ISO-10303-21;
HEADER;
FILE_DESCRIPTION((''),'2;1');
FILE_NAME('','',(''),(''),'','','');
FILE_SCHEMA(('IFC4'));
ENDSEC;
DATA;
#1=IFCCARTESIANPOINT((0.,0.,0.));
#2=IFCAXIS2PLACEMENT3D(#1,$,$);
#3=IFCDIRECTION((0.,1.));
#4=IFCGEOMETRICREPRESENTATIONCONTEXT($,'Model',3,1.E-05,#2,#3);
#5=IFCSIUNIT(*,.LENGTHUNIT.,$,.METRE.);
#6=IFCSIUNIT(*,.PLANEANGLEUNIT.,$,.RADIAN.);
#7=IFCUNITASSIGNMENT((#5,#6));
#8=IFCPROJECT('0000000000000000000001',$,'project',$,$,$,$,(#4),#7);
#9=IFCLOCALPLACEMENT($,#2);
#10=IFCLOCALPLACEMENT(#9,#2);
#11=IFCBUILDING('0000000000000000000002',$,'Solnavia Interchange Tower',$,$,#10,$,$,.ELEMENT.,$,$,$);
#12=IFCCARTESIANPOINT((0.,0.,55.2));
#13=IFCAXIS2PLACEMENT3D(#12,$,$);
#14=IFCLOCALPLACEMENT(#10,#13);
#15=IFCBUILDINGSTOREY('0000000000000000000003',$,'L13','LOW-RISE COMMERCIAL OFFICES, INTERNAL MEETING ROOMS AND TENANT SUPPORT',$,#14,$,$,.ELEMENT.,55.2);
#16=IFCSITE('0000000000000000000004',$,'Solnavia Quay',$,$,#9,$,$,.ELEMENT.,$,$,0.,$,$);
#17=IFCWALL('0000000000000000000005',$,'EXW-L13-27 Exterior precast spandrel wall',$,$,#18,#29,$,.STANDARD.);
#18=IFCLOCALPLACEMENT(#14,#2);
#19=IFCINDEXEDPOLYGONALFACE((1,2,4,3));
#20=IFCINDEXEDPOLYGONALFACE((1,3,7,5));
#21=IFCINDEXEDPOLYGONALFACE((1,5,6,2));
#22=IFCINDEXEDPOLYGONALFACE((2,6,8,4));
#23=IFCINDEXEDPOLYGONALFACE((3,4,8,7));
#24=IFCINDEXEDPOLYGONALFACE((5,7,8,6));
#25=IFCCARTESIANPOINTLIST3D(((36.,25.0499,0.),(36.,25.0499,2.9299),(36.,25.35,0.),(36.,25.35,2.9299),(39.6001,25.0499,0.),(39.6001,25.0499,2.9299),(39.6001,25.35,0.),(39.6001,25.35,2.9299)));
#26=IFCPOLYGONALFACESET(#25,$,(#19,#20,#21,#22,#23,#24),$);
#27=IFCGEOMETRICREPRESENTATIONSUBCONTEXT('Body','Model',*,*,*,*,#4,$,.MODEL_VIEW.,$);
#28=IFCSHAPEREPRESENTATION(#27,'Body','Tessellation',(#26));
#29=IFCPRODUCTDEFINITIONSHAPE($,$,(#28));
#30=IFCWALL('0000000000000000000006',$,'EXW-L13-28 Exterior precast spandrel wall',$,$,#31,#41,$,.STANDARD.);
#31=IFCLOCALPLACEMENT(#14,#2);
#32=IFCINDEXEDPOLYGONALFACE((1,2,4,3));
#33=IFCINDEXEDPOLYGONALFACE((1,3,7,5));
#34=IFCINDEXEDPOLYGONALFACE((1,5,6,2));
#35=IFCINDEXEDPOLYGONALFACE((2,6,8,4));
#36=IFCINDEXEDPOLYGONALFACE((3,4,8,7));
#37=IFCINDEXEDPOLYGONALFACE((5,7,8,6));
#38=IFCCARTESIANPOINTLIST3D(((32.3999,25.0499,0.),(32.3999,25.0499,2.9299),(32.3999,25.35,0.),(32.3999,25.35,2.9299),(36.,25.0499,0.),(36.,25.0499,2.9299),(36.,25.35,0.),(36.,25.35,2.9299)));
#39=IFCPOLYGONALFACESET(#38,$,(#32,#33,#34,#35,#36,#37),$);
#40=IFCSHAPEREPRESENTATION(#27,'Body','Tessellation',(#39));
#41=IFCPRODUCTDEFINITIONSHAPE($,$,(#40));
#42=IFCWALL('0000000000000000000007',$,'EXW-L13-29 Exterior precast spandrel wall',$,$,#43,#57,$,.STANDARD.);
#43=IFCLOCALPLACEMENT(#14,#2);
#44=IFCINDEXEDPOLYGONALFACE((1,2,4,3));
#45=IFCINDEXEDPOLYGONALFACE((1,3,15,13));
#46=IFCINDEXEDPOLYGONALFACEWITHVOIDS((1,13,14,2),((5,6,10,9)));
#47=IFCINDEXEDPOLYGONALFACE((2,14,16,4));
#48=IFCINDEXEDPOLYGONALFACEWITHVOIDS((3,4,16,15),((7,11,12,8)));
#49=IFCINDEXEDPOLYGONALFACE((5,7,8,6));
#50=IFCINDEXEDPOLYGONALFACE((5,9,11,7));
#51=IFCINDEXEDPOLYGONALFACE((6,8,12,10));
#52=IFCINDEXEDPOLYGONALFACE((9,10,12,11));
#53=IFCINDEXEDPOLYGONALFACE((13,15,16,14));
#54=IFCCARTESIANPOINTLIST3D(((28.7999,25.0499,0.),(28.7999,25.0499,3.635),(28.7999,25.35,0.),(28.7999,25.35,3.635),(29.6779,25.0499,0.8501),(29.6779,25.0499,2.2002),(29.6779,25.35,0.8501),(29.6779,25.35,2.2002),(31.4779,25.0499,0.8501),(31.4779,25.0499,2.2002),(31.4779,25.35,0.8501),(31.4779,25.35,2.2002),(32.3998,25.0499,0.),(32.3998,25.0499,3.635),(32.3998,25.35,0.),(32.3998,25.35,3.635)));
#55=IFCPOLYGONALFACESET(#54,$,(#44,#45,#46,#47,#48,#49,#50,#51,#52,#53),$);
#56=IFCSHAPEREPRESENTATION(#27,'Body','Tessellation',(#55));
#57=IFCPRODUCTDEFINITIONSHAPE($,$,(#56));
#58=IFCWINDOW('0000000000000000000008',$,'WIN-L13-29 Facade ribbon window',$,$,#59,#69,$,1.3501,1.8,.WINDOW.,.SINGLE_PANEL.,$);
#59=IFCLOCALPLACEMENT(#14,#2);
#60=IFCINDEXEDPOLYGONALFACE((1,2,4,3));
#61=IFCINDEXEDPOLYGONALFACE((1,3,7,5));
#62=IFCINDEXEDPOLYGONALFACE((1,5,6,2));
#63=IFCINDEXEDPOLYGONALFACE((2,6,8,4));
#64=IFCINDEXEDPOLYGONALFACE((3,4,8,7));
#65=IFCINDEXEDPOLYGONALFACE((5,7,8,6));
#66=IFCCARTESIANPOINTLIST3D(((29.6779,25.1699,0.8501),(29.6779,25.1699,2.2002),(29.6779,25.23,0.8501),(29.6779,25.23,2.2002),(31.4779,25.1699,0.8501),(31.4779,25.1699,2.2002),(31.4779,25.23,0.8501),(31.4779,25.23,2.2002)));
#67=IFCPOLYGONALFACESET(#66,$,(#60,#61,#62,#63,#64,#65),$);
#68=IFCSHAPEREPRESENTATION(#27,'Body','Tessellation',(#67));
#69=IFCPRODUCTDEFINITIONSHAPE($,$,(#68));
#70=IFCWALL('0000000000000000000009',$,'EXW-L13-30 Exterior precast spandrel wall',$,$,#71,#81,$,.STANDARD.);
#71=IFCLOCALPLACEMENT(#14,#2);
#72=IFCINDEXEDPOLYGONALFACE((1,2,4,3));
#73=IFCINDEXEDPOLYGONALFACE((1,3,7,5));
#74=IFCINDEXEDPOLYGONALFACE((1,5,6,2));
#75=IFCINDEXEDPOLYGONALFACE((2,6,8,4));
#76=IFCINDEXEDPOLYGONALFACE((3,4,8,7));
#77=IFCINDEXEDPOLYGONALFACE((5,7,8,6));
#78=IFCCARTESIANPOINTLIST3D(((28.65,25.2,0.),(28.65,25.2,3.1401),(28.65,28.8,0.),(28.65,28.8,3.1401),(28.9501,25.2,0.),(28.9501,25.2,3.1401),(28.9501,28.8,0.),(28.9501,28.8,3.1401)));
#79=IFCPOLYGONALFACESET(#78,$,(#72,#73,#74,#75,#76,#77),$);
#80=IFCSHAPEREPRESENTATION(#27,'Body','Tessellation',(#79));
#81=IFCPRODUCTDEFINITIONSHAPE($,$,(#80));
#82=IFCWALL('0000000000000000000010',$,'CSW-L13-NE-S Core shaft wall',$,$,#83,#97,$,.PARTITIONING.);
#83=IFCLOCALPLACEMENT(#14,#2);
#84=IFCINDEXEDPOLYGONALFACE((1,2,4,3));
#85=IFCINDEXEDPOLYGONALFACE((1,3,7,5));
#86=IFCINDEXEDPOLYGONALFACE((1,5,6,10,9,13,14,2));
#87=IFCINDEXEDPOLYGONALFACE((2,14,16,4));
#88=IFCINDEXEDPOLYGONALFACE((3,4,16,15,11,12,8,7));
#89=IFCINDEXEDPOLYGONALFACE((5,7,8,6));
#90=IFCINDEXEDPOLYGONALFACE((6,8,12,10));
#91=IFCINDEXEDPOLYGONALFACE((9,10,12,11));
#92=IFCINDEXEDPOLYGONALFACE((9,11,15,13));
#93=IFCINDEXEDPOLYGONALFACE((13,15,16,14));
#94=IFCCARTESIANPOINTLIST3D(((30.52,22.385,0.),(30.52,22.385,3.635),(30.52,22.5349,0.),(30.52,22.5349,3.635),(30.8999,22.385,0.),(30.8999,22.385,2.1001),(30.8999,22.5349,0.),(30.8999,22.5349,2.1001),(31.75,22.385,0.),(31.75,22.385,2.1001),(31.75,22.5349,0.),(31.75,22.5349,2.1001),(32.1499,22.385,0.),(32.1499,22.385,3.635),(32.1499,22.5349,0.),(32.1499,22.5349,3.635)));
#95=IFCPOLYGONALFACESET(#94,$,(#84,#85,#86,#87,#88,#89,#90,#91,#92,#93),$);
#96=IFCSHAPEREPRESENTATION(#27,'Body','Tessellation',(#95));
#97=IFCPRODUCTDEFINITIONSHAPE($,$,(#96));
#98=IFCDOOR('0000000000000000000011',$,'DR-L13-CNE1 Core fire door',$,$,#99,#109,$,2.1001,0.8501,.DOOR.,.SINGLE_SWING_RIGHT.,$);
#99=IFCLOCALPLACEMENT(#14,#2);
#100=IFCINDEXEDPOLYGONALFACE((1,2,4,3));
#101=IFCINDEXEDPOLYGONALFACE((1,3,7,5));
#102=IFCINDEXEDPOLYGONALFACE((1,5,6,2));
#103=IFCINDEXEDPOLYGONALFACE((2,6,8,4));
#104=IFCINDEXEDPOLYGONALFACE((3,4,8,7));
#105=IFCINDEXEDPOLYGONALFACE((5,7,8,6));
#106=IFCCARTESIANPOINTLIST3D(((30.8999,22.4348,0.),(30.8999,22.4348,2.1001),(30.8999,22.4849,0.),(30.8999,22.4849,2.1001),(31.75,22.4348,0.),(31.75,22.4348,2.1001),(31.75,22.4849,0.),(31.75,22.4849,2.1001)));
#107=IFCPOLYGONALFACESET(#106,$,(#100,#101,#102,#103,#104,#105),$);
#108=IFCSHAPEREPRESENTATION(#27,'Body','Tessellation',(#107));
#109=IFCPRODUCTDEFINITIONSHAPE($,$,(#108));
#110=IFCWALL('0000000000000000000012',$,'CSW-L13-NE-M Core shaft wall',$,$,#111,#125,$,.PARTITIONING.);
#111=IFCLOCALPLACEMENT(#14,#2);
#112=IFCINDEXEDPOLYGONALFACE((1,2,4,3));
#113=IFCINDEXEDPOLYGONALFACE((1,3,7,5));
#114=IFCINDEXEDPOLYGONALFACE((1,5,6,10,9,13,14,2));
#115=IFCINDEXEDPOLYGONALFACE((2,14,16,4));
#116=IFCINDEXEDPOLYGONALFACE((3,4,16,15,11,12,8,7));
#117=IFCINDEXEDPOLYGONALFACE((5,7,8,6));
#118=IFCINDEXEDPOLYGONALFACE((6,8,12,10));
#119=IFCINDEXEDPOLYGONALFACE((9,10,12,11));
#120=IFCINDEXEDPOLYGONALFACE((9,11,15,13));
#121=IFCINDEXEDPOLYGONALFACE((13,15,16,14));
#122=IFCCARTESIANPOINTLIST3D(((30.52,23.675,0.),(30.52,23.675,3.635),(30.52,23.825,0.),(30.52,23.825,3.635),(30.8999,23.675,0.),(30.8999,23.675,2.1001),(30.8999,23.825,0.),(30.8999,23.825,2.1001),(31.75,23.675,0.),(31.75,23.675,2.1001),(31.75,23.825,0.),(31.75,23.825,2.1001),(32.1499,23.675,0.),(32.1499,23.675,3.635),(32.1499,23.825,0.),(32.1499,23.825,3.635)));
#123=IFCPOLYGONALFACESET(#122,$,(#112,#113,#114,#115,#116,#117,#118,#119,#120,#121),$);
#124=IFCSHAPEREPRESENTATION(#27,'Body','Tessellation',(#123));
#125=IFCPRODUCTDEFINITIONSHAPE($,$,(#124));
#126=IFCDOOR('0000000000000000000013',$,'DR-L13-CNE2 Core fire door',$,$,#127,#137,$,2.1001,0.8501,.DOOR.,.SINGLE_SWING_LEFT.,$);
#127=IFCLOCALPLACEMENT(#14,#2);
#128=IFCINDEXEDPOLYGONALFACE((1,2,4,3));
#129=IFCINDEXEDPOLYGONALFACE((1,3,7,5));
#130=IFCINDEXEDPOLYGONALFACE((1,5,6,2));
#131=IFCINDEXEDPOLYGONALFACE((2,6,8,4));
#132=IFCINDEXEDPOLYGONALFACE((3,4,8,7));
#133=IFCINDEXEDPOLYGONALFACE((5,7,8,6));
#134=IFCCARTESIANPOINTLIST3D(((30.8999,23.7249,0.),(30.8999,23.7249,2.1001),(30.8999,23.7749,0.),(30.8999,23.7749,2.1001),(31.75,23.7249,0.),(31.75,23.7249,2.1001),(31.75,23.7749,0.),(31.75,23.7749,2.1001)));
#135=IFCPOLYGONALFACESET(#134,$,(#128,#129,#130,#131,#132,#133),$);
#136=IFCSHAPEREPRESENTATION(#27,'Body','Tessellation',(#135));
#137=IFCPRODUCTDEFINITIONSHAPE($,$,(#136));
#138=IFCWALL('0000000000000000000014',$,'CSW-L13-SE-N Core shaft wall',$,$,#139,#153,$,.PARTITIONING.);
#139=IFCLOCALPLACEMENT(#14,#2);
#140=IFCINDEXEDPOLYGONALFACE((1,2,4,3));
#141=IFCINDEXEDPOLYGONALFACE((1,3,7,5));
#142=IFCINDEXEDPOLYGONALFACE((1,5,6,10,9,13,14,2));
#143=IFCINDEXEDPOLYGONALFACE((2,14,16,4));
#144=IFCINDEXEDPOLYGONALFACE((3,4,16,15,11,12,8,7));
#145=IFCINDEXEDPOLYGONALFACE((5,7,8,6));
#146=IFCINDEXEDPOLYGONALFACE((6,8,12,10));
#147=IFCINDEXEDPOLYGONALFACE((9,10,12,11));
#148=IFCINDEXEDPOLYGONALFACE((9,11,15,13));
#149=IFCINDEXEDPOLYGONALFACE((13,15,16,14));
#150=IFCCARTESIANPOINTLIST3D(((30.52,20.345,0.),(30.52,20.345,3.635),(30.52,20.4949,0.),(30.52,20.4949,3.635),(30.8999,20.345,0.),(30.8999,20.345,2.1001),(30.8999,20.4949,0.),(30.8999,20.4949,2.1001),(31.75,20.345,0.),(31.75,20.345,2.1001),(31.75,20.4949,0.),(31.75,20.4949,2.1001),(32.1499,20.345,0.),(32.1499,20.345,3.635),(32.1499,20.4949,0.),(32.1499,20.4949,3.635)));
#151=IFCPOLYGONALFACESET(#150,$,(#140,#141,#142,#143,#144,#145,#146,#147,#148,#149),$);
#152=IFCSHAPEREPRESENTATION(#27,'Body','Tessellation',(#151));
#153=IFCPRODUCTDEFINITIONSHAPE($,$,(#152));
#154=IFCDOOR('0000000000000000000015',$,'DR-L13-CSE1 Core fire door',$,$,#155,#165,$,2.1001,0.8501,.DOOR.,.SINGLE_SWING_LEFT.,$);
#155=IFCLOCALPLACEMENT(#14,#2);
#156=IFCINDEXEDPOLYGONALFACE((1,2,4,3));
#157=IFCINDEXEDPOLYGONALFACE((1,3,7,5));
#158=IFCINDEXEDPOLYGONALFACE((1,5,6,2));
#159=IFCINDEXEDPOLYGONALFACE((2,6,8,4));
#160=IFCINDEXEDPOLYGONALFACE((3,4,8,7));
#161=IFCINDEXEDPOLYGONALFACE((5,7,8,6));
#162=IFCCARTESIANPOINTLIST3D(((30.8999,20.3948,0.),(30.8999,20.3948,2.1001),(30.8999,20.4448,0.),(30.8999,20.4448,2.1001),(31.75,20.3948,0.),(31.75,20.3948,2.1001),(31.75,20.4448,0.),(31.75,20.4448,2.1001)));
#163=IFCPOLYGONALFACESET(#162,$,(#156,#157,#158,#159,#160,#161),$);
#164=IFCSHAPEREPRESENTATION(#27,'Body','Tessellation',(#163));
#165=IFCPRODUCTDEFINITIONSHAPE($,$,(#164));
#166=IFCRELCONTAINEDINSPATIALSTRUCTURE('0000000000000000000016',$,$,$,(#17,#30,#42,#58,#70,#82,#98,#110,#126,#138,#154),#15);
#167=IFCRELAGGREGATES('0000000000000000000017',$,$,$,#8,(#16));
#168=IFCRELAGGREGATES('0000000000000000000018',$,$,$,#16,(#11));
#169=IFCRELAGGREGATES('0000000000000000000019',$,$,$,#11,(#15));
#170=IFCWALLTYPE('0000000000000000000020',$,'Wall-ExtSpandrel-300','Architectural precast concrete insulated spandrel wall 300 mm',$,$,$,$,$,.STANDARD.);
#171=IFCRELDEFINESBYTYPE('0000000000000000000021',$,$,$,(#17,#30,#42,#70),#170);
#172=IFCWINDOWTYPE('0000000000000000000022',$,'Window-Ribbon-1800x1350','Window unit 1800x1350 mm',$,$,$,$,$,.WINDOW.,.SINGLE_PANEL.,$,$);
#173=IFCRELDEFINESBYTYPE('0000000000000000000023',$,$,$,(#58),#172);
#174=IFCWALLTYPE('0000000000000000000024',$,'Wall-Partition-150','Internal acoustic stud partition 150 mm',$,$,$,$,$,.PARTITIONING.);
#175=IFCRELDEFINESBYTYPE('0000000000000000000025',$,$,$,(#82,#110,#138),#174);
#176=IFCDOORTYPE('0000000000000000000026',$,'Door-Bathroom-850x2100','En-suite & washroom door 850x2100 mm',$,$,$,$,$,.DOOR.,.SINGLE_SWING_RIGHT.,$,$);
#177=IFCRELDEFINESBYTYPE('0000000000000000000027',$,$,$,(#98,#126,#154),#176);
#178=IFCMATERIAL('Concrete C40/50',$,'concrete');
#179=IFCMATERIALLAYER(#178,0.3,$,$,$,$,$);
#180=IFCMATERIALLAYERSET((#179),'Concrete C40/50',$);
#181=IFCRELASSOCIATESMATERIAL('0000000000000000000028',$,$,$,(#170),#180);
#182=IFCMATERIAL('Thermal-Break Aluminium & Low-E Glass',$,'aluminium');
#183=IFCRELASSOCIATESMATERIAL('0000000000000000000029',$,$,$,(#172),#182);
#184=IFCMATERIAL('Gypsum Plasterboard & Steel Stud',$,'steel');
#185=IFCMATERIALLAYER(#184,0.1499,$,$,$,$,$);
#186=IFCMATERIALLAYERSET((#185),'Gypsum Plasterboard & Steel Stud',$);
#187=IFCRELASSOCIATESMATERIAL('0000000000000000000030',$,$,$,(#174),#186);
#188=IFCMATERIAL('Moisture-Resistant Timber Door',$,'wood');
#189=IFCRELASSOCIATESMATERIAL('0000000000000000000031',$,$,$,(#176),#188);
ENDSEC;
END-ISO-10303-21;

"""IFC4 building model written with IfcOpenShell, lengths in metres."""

from ifc_helpers import new_model, si_unit, direction, frame, frame_2d, origin, place, context, subcontext, project, spatial, rectangle, extrude, material, layer, layer_set, type_object, element, fill, save


model = new_model("IFC4")

# Units and contexts
model_context = context("Model", 3, precision=1e-05, world=origin(), true_north=direction((0.0, 1.0)))
body_context = subcontext(model_context, "Body", "Model", "MODEL_VIEW")
ifc_project = project(units=[si_unit("LENGTHUNIT", "METRE"), si_unit("PLANEANGLEUNIT", "RADIAN")], contexts=[model_context])

# Site, building, storey
site_placement = place(None, origin())
site = spatial("IfcSite", under=ifc_project, at=site_placement, Name="Solnavia Quay", CompositionType="ELEMENT", RefElevation=0.0)
building_placement = place(site_placement, origin())
building = spatial("IfcBuilding", under=site, at=building_placement, Name="Solnavia Interchange Tower", CompositionType="ELEMENT")
storey_placement = place(building_placement, frame((0.0, 0.0, 55.2)))
storey = spatial("IfcBuildingStorey", under=building, at=storey_placement, Name="L13", Description="LOW-RISE COMMERCIAL OFFICES, INTERNAL MEETING ROOMS AND TENANT SUPPORT", CompositionType="ELEMENT", Elevation=55.2)

# Walls
ifc_material_1 = material(Name="Concrete C40/50", Category="concrete")
ifc_layer_1 = layer(ifc_material_1, 0.3)
ifc_layer_set_1 = layer_set([ifc_layer_1], Name="Concrete C40/50")
wall_type_1 = type_object("IfcWallType", Name="Wall-ExtSpandrel-300", Description="Architectural precast concrete insulated spandrel wall 300 mm", PredefinedType="STANDARD", material=ifc_layer_set_1)
for number, where, z_axis, x_axis, name in (
    (1, (36.0, 25.2, 0.0), (0.0, 0.0, 1.0), (1.0, 0.0, 0.0), "EXW-L13-27 Exterior precast spandrel wall"),
    (2, (32.3999, 25.2, 0.0), (0.0, 0.0, 1.0), (1.0, 0.0, 0.0), "EXW-L13-28 Exterior precast spandrel wall"),
):
    element("IfcWall", number, at=place(storey_placement, frame(where, z_axis=z_axis, x_axis=x_axis)), inside=storey, type_object=wall_type_1, Name=name, PredefinedType="STANDARD", context=body_context, shape_type="SweptSolid", body=[
        extrude(rectangle(XDim=3.6001, YDim=0.3, at=frame_2d((1.8, 0.0))), origin(), (0.0, 0.0, 1.0), 2.9299),
    ])

# Wall, opening, window
wall_1_placement = place(storey_placement, frame((28.8, 25.2, 0.0), z_axis=(0.0, 0.0, 1.0), x_axis=(1.0, 0.0, 0.0)))
wall_1 = element("IfcWall", 3, at=wall_1_placement, inside=storey, type_object=wall_type_1, Name="EXW-L13-29 Exterior precast spandrel wall", PredefinedType="STANDARD", context=body_context, shape_type="SweptSolid", body=[
    extrude(rectangle(XDim=3.5999, YDim=0.3, at=frame_2d((1.7998, 0.0))), origin(), (0.0, 0.0, 1.0), 3.635),
])
opening_1_placement = place(wall_1_placement, frame((0.8779, 0.0, 0.8501)))
opening_1 = element("IfcOpeningElement", 4, at=opening_1_placement, cuts=wall_1, PredefinedType="OPENING", context=body_context, shape_type="SweptSolid", body=[
    extrude(rectangle(XDim=1.8, YDim=1.3501, at=frame_2d((0.8999, 0.675))), frame((0.0, 0.1602, 0.0), z_axis=(0.0, -1.0, 0.0), x_axis=(1.0, 0.0, 0.0)), (0.0, 0.0, 1.0), 0.3201),
])
ifc_material_2 = material(Name="Thermal-Break Aluminium & Low-E Glass", Category="aluminium")
window_type = type_object("IfcWindowType", Name="Window-Ribbon-1800x1350", Description="Window unit 1800x1350 mm", PartitioningType="SINGLE_PANEL", PredefinedType="WINDOW", material=ifc_material_2)
window_placement = place(opening_1_placement, origin())
window = element("IfcWindow", 5, at=window_placement, inside=storey, type_object=window_type, Name="WIN-L13-29 Facade ribbon window", OverallHeight=1.3501, OverallWidth=1.8, PartitioningType="SINGLE_PANEL", PredefinedType="WINDOW", context=body_context, shape_type="SweptSolid", body=[
    extrude(rectangle(XDim=1.8, YDim=1.3501, at=frame_2d((0.8999, 0.675))), frame((0.0, 0.03, 0.0), z_axis=(0.0, -1.0, 0.0), x_axis=(1.0, 0.0, 0.0)), (0.0, 0.0, 1.0), 0.0601),
])
fill(opening_1, window)

# Wall
wall_2_placement = place(storey_placement, frame((28.8, 25.2, 0.0), z_axis=(0.0, 0.0, 1.0), x_axis=(0.0, 1.0, 0.0)))
element("IfcWall", 6, at=wall_2_placement, inside=storey, type_object=wall_type_1, Name="EXW-L13-30 Exterior precast spandrel wall", PredefinedType="STANDARD", context=body_context, shape_type="SweptSolid", body=[
    extrude(rectangle(XDim=3.6001, YDim=0.3, at=frame_2d((1.8, 0.0))), origin(), (0.0, 0.0, 1.0), 3.1401),
])

# Walls, openings, doors
ifc_material_3 = material(Name="Gypsum Plasterboard & Steel Stud", Category="steel")
ifc_layer_2 = layer(ifc_material_3, 0.1499)
ifc_layer_set_2 = layer_set([ifc_layer_2], Name="Gypsum Plasterboard & Steel Stud")
wall_type_2 = type_object("IfcWallType", Name="Wall-Partition-150", Description="Internal acoustic stud partition 150 mm", PredefinedType="PARTITIONING", material=ifc_layer_set_2)
wall_3_placement = place(storey_placement, frame((30.52, 22.46, 0.0), z_axis=(0.0, 0.0, 1.0), x_axis=(1.0, 0.0, 0.0)))
wall_3 = element("IfcWall", 7, at=wall_3_placement, inside=storey, type_object=wall_type_2, Name="CSW-L13-NE-S Core shaft wall", PredefinedType="PARTITIONING", context=body_context, shape_type="SweptSolid", body=[
    extrude(rectangle(XDim=1.6299, YDim=0.1499, at=frame_2d((0.8149, 0.0))), origin(), (0.0, 0.0, 1.0), 3.635),
])
opening_2_placement = place(wall_3_placement, frame((0.3799, 0.0, 0.0)))
opening_2 = element("IfcOpeningElement", 8, at=opening_2_placement, cuts=wall_3, PredefinedType="OPENING", context=body_context, shape_type="SweptSolid", body=[
    extrude(rectangle(XDim=0.8501, YDim=2.1001, at=frame_2d((0.425, 1.05))), frame((0.0, 0.085, 0.0), z_axis=(0.0, -1.0, 0.0), x_axis=(1.0, 0.0, 0.0)), (0.0, 0.0, 1.0), 0.1699),
])
ifc_material_4 = material(Name="Moisture-Resistant Timber Door", Category="wood")
door_type_1 = type_object("IfcDoorType", Name="Door-Bathroom-850x2100", Description="En-suite & washroom door 850x2100 mm", OperationType="SINGLE_SWING_RIGHT", PredefinedType="DOOR", material=ifc_material_4)
door_1_placement = place(opening_2_placement, origin())
door_1 = element("IfcDoor", 9, at=door_1_placement, inside=storey, type_object=door_type_1, Name="DR-L13-CNE1 Core fire door", OperationType="SINGLE_SWING_RIGHT", OverallHeight=2.1001, OverallWidth=0.8501, PredefinedType="DOOR", context=body_context, shape_type="SweptSolid", body=[
    extrude(rectangle(XDim=0.8501, YDim=2.1001, at=frame_2d((0.425, 1.05))), frame((0.0, 0.0249, 0.0), z_axis=(0.0, -1.0, 0.0), x_axis=(1.0, 0.0, 0.0)), (0.0, 0.0, 1.0), 0.05),
])
fill(opening_2, door_1)
wall_4_placement = place(storey_placement, frame((30.52, 23.75, 0.0), z_axis=(0.0, 0.0, 1.0), x_axis=(1.0, 0.0, 0.0)))
wall_4 = element("IfcWall", 10, at=wall_4_placement, inside=storey, type_object=wall_type_2, Name="CSW-L13-NE-M Core shaft wall", PredefinedType="PARTITIONING", context=body_context, shape_type="SweptSolid", body=[
    extrude(rectangle(XDim=1.6299, YDim=0.1499, at=frame_2d((0.8149, 0.0))), origin(), (0.0, 0.0, 1.0), 3.635),
])
opening_3_placement = place(wall_4_placement, frame((0.3799, 0.0, 0.0)))
opening_3 = element("IfcOpeningElement", 11, at=opening_3_placement, cuts=wall_4, PredefinedType="OPENING", context=body_context, shape_type="SweptSolid", body=[
    extrude(rectangle(XDim=0.8501, YDim=2.1001, at=frame_2d((0.425, 1.05))), frame((0.0, 0.085, 0.0), z_axis=(0.0, -1.0, 0.0), x_axis=(1.0, 0.0, 0.0)), (0.0, 0.0, 1.0), 0.1699),
])
door_2_placement = place(opening_3_placement, origin())
door_2 = element("IfcDoor", 12, at=door_2_placement, inside=storey, type_object=door_type_1, Name="DR-L13-CNE2 Core fire door", OperationType="SINGLE_SWING_LEFT", OverallHeight=2.1001, OverallWidth=0.8501, PredefinedType="DOOR", context=body_context, shape_type="SweptSolid", body=[
    extrude(rectangle(XDim=0.8501, YDim=2.1001, at=frame_2d((0.425, 1.05))), frame((0.0, 0.0249, 0.0), z_axis=(0.0, -1.0, 0.0), x_axis=(1.0, 0.0, 0.0)), (0.0, 0.0, 1.0), 0.05),
])
fill(opening_3, door_2)
wall_5_placement = place(storey_placement, frame((30.52, 20.4199, 0.0), z_axis=(0.0, 0.0, 1.0), x_axis=(1.0, 0.0, 0.0)))
wall_5 = element("IfcWall", 13, at=wall_5_placement, inside=storey, type_object=wall_type_2, Name="CSW-L13-SE-N Core shaft wall", PredefinedType="PARTITIONING", context=body_context, shape_type="SweptSolid", body=[
    extrude(rectangle(XDim=1.6299, YDim=0.1499, at=frame_2d((0.8149, 0.0))), origin(), (0.0, 0.0, 1.0), 3.635),
])
opening_4_placement = place(wall_5_placement, frame((0.3799, 0.0, 0.0)))
opening_4 = element("IfcOpeningElement", 14, at=opening_4_placement, cuts=wall_5, PredefinedType="OPENING", context=body_context, shape_type="SweptSolid", body=[
    extrude(rectangle(XDim=0.8501, YDim=2.1001, at=frame_2d((0.425, 1.05))), frame((0.0, 0.085, 0.0), z_axis=(0.0, -1.0, 0.0), x_axis=(1.0, 0.0, 0.0)), (0.0, 0.0, 1.0), 0.1699),
])
door_3_placement = place(opening_4_placement, origin())
door_3 = element("IfcDoor", 15, at=door_3_placement, inside=storey, type_object=door_type_1, Name="DR-L13-CSE1 Core fire door", OperationType="SINGLE_SWING_LEFT", OverallHeight=2.1001, OverallWidth=0.8501, PredefinedType="DOOR", context=body_context, shape_type="SweptSolid", body=[
    extrude(rectangle(XDim=0.8501, YDim=2.1001, at=frame_2d((0.425, 1.05))), frame((0.0, 0.0249, 0.0), z_axis=(0.0, -1.0, 0.0), x_axis=(1.0, 0.0, 0.0)), (0.0, 0.0, 1.0), 0.05),
])
fill(opening_4, door_3)

save(model, "model.ifc")
